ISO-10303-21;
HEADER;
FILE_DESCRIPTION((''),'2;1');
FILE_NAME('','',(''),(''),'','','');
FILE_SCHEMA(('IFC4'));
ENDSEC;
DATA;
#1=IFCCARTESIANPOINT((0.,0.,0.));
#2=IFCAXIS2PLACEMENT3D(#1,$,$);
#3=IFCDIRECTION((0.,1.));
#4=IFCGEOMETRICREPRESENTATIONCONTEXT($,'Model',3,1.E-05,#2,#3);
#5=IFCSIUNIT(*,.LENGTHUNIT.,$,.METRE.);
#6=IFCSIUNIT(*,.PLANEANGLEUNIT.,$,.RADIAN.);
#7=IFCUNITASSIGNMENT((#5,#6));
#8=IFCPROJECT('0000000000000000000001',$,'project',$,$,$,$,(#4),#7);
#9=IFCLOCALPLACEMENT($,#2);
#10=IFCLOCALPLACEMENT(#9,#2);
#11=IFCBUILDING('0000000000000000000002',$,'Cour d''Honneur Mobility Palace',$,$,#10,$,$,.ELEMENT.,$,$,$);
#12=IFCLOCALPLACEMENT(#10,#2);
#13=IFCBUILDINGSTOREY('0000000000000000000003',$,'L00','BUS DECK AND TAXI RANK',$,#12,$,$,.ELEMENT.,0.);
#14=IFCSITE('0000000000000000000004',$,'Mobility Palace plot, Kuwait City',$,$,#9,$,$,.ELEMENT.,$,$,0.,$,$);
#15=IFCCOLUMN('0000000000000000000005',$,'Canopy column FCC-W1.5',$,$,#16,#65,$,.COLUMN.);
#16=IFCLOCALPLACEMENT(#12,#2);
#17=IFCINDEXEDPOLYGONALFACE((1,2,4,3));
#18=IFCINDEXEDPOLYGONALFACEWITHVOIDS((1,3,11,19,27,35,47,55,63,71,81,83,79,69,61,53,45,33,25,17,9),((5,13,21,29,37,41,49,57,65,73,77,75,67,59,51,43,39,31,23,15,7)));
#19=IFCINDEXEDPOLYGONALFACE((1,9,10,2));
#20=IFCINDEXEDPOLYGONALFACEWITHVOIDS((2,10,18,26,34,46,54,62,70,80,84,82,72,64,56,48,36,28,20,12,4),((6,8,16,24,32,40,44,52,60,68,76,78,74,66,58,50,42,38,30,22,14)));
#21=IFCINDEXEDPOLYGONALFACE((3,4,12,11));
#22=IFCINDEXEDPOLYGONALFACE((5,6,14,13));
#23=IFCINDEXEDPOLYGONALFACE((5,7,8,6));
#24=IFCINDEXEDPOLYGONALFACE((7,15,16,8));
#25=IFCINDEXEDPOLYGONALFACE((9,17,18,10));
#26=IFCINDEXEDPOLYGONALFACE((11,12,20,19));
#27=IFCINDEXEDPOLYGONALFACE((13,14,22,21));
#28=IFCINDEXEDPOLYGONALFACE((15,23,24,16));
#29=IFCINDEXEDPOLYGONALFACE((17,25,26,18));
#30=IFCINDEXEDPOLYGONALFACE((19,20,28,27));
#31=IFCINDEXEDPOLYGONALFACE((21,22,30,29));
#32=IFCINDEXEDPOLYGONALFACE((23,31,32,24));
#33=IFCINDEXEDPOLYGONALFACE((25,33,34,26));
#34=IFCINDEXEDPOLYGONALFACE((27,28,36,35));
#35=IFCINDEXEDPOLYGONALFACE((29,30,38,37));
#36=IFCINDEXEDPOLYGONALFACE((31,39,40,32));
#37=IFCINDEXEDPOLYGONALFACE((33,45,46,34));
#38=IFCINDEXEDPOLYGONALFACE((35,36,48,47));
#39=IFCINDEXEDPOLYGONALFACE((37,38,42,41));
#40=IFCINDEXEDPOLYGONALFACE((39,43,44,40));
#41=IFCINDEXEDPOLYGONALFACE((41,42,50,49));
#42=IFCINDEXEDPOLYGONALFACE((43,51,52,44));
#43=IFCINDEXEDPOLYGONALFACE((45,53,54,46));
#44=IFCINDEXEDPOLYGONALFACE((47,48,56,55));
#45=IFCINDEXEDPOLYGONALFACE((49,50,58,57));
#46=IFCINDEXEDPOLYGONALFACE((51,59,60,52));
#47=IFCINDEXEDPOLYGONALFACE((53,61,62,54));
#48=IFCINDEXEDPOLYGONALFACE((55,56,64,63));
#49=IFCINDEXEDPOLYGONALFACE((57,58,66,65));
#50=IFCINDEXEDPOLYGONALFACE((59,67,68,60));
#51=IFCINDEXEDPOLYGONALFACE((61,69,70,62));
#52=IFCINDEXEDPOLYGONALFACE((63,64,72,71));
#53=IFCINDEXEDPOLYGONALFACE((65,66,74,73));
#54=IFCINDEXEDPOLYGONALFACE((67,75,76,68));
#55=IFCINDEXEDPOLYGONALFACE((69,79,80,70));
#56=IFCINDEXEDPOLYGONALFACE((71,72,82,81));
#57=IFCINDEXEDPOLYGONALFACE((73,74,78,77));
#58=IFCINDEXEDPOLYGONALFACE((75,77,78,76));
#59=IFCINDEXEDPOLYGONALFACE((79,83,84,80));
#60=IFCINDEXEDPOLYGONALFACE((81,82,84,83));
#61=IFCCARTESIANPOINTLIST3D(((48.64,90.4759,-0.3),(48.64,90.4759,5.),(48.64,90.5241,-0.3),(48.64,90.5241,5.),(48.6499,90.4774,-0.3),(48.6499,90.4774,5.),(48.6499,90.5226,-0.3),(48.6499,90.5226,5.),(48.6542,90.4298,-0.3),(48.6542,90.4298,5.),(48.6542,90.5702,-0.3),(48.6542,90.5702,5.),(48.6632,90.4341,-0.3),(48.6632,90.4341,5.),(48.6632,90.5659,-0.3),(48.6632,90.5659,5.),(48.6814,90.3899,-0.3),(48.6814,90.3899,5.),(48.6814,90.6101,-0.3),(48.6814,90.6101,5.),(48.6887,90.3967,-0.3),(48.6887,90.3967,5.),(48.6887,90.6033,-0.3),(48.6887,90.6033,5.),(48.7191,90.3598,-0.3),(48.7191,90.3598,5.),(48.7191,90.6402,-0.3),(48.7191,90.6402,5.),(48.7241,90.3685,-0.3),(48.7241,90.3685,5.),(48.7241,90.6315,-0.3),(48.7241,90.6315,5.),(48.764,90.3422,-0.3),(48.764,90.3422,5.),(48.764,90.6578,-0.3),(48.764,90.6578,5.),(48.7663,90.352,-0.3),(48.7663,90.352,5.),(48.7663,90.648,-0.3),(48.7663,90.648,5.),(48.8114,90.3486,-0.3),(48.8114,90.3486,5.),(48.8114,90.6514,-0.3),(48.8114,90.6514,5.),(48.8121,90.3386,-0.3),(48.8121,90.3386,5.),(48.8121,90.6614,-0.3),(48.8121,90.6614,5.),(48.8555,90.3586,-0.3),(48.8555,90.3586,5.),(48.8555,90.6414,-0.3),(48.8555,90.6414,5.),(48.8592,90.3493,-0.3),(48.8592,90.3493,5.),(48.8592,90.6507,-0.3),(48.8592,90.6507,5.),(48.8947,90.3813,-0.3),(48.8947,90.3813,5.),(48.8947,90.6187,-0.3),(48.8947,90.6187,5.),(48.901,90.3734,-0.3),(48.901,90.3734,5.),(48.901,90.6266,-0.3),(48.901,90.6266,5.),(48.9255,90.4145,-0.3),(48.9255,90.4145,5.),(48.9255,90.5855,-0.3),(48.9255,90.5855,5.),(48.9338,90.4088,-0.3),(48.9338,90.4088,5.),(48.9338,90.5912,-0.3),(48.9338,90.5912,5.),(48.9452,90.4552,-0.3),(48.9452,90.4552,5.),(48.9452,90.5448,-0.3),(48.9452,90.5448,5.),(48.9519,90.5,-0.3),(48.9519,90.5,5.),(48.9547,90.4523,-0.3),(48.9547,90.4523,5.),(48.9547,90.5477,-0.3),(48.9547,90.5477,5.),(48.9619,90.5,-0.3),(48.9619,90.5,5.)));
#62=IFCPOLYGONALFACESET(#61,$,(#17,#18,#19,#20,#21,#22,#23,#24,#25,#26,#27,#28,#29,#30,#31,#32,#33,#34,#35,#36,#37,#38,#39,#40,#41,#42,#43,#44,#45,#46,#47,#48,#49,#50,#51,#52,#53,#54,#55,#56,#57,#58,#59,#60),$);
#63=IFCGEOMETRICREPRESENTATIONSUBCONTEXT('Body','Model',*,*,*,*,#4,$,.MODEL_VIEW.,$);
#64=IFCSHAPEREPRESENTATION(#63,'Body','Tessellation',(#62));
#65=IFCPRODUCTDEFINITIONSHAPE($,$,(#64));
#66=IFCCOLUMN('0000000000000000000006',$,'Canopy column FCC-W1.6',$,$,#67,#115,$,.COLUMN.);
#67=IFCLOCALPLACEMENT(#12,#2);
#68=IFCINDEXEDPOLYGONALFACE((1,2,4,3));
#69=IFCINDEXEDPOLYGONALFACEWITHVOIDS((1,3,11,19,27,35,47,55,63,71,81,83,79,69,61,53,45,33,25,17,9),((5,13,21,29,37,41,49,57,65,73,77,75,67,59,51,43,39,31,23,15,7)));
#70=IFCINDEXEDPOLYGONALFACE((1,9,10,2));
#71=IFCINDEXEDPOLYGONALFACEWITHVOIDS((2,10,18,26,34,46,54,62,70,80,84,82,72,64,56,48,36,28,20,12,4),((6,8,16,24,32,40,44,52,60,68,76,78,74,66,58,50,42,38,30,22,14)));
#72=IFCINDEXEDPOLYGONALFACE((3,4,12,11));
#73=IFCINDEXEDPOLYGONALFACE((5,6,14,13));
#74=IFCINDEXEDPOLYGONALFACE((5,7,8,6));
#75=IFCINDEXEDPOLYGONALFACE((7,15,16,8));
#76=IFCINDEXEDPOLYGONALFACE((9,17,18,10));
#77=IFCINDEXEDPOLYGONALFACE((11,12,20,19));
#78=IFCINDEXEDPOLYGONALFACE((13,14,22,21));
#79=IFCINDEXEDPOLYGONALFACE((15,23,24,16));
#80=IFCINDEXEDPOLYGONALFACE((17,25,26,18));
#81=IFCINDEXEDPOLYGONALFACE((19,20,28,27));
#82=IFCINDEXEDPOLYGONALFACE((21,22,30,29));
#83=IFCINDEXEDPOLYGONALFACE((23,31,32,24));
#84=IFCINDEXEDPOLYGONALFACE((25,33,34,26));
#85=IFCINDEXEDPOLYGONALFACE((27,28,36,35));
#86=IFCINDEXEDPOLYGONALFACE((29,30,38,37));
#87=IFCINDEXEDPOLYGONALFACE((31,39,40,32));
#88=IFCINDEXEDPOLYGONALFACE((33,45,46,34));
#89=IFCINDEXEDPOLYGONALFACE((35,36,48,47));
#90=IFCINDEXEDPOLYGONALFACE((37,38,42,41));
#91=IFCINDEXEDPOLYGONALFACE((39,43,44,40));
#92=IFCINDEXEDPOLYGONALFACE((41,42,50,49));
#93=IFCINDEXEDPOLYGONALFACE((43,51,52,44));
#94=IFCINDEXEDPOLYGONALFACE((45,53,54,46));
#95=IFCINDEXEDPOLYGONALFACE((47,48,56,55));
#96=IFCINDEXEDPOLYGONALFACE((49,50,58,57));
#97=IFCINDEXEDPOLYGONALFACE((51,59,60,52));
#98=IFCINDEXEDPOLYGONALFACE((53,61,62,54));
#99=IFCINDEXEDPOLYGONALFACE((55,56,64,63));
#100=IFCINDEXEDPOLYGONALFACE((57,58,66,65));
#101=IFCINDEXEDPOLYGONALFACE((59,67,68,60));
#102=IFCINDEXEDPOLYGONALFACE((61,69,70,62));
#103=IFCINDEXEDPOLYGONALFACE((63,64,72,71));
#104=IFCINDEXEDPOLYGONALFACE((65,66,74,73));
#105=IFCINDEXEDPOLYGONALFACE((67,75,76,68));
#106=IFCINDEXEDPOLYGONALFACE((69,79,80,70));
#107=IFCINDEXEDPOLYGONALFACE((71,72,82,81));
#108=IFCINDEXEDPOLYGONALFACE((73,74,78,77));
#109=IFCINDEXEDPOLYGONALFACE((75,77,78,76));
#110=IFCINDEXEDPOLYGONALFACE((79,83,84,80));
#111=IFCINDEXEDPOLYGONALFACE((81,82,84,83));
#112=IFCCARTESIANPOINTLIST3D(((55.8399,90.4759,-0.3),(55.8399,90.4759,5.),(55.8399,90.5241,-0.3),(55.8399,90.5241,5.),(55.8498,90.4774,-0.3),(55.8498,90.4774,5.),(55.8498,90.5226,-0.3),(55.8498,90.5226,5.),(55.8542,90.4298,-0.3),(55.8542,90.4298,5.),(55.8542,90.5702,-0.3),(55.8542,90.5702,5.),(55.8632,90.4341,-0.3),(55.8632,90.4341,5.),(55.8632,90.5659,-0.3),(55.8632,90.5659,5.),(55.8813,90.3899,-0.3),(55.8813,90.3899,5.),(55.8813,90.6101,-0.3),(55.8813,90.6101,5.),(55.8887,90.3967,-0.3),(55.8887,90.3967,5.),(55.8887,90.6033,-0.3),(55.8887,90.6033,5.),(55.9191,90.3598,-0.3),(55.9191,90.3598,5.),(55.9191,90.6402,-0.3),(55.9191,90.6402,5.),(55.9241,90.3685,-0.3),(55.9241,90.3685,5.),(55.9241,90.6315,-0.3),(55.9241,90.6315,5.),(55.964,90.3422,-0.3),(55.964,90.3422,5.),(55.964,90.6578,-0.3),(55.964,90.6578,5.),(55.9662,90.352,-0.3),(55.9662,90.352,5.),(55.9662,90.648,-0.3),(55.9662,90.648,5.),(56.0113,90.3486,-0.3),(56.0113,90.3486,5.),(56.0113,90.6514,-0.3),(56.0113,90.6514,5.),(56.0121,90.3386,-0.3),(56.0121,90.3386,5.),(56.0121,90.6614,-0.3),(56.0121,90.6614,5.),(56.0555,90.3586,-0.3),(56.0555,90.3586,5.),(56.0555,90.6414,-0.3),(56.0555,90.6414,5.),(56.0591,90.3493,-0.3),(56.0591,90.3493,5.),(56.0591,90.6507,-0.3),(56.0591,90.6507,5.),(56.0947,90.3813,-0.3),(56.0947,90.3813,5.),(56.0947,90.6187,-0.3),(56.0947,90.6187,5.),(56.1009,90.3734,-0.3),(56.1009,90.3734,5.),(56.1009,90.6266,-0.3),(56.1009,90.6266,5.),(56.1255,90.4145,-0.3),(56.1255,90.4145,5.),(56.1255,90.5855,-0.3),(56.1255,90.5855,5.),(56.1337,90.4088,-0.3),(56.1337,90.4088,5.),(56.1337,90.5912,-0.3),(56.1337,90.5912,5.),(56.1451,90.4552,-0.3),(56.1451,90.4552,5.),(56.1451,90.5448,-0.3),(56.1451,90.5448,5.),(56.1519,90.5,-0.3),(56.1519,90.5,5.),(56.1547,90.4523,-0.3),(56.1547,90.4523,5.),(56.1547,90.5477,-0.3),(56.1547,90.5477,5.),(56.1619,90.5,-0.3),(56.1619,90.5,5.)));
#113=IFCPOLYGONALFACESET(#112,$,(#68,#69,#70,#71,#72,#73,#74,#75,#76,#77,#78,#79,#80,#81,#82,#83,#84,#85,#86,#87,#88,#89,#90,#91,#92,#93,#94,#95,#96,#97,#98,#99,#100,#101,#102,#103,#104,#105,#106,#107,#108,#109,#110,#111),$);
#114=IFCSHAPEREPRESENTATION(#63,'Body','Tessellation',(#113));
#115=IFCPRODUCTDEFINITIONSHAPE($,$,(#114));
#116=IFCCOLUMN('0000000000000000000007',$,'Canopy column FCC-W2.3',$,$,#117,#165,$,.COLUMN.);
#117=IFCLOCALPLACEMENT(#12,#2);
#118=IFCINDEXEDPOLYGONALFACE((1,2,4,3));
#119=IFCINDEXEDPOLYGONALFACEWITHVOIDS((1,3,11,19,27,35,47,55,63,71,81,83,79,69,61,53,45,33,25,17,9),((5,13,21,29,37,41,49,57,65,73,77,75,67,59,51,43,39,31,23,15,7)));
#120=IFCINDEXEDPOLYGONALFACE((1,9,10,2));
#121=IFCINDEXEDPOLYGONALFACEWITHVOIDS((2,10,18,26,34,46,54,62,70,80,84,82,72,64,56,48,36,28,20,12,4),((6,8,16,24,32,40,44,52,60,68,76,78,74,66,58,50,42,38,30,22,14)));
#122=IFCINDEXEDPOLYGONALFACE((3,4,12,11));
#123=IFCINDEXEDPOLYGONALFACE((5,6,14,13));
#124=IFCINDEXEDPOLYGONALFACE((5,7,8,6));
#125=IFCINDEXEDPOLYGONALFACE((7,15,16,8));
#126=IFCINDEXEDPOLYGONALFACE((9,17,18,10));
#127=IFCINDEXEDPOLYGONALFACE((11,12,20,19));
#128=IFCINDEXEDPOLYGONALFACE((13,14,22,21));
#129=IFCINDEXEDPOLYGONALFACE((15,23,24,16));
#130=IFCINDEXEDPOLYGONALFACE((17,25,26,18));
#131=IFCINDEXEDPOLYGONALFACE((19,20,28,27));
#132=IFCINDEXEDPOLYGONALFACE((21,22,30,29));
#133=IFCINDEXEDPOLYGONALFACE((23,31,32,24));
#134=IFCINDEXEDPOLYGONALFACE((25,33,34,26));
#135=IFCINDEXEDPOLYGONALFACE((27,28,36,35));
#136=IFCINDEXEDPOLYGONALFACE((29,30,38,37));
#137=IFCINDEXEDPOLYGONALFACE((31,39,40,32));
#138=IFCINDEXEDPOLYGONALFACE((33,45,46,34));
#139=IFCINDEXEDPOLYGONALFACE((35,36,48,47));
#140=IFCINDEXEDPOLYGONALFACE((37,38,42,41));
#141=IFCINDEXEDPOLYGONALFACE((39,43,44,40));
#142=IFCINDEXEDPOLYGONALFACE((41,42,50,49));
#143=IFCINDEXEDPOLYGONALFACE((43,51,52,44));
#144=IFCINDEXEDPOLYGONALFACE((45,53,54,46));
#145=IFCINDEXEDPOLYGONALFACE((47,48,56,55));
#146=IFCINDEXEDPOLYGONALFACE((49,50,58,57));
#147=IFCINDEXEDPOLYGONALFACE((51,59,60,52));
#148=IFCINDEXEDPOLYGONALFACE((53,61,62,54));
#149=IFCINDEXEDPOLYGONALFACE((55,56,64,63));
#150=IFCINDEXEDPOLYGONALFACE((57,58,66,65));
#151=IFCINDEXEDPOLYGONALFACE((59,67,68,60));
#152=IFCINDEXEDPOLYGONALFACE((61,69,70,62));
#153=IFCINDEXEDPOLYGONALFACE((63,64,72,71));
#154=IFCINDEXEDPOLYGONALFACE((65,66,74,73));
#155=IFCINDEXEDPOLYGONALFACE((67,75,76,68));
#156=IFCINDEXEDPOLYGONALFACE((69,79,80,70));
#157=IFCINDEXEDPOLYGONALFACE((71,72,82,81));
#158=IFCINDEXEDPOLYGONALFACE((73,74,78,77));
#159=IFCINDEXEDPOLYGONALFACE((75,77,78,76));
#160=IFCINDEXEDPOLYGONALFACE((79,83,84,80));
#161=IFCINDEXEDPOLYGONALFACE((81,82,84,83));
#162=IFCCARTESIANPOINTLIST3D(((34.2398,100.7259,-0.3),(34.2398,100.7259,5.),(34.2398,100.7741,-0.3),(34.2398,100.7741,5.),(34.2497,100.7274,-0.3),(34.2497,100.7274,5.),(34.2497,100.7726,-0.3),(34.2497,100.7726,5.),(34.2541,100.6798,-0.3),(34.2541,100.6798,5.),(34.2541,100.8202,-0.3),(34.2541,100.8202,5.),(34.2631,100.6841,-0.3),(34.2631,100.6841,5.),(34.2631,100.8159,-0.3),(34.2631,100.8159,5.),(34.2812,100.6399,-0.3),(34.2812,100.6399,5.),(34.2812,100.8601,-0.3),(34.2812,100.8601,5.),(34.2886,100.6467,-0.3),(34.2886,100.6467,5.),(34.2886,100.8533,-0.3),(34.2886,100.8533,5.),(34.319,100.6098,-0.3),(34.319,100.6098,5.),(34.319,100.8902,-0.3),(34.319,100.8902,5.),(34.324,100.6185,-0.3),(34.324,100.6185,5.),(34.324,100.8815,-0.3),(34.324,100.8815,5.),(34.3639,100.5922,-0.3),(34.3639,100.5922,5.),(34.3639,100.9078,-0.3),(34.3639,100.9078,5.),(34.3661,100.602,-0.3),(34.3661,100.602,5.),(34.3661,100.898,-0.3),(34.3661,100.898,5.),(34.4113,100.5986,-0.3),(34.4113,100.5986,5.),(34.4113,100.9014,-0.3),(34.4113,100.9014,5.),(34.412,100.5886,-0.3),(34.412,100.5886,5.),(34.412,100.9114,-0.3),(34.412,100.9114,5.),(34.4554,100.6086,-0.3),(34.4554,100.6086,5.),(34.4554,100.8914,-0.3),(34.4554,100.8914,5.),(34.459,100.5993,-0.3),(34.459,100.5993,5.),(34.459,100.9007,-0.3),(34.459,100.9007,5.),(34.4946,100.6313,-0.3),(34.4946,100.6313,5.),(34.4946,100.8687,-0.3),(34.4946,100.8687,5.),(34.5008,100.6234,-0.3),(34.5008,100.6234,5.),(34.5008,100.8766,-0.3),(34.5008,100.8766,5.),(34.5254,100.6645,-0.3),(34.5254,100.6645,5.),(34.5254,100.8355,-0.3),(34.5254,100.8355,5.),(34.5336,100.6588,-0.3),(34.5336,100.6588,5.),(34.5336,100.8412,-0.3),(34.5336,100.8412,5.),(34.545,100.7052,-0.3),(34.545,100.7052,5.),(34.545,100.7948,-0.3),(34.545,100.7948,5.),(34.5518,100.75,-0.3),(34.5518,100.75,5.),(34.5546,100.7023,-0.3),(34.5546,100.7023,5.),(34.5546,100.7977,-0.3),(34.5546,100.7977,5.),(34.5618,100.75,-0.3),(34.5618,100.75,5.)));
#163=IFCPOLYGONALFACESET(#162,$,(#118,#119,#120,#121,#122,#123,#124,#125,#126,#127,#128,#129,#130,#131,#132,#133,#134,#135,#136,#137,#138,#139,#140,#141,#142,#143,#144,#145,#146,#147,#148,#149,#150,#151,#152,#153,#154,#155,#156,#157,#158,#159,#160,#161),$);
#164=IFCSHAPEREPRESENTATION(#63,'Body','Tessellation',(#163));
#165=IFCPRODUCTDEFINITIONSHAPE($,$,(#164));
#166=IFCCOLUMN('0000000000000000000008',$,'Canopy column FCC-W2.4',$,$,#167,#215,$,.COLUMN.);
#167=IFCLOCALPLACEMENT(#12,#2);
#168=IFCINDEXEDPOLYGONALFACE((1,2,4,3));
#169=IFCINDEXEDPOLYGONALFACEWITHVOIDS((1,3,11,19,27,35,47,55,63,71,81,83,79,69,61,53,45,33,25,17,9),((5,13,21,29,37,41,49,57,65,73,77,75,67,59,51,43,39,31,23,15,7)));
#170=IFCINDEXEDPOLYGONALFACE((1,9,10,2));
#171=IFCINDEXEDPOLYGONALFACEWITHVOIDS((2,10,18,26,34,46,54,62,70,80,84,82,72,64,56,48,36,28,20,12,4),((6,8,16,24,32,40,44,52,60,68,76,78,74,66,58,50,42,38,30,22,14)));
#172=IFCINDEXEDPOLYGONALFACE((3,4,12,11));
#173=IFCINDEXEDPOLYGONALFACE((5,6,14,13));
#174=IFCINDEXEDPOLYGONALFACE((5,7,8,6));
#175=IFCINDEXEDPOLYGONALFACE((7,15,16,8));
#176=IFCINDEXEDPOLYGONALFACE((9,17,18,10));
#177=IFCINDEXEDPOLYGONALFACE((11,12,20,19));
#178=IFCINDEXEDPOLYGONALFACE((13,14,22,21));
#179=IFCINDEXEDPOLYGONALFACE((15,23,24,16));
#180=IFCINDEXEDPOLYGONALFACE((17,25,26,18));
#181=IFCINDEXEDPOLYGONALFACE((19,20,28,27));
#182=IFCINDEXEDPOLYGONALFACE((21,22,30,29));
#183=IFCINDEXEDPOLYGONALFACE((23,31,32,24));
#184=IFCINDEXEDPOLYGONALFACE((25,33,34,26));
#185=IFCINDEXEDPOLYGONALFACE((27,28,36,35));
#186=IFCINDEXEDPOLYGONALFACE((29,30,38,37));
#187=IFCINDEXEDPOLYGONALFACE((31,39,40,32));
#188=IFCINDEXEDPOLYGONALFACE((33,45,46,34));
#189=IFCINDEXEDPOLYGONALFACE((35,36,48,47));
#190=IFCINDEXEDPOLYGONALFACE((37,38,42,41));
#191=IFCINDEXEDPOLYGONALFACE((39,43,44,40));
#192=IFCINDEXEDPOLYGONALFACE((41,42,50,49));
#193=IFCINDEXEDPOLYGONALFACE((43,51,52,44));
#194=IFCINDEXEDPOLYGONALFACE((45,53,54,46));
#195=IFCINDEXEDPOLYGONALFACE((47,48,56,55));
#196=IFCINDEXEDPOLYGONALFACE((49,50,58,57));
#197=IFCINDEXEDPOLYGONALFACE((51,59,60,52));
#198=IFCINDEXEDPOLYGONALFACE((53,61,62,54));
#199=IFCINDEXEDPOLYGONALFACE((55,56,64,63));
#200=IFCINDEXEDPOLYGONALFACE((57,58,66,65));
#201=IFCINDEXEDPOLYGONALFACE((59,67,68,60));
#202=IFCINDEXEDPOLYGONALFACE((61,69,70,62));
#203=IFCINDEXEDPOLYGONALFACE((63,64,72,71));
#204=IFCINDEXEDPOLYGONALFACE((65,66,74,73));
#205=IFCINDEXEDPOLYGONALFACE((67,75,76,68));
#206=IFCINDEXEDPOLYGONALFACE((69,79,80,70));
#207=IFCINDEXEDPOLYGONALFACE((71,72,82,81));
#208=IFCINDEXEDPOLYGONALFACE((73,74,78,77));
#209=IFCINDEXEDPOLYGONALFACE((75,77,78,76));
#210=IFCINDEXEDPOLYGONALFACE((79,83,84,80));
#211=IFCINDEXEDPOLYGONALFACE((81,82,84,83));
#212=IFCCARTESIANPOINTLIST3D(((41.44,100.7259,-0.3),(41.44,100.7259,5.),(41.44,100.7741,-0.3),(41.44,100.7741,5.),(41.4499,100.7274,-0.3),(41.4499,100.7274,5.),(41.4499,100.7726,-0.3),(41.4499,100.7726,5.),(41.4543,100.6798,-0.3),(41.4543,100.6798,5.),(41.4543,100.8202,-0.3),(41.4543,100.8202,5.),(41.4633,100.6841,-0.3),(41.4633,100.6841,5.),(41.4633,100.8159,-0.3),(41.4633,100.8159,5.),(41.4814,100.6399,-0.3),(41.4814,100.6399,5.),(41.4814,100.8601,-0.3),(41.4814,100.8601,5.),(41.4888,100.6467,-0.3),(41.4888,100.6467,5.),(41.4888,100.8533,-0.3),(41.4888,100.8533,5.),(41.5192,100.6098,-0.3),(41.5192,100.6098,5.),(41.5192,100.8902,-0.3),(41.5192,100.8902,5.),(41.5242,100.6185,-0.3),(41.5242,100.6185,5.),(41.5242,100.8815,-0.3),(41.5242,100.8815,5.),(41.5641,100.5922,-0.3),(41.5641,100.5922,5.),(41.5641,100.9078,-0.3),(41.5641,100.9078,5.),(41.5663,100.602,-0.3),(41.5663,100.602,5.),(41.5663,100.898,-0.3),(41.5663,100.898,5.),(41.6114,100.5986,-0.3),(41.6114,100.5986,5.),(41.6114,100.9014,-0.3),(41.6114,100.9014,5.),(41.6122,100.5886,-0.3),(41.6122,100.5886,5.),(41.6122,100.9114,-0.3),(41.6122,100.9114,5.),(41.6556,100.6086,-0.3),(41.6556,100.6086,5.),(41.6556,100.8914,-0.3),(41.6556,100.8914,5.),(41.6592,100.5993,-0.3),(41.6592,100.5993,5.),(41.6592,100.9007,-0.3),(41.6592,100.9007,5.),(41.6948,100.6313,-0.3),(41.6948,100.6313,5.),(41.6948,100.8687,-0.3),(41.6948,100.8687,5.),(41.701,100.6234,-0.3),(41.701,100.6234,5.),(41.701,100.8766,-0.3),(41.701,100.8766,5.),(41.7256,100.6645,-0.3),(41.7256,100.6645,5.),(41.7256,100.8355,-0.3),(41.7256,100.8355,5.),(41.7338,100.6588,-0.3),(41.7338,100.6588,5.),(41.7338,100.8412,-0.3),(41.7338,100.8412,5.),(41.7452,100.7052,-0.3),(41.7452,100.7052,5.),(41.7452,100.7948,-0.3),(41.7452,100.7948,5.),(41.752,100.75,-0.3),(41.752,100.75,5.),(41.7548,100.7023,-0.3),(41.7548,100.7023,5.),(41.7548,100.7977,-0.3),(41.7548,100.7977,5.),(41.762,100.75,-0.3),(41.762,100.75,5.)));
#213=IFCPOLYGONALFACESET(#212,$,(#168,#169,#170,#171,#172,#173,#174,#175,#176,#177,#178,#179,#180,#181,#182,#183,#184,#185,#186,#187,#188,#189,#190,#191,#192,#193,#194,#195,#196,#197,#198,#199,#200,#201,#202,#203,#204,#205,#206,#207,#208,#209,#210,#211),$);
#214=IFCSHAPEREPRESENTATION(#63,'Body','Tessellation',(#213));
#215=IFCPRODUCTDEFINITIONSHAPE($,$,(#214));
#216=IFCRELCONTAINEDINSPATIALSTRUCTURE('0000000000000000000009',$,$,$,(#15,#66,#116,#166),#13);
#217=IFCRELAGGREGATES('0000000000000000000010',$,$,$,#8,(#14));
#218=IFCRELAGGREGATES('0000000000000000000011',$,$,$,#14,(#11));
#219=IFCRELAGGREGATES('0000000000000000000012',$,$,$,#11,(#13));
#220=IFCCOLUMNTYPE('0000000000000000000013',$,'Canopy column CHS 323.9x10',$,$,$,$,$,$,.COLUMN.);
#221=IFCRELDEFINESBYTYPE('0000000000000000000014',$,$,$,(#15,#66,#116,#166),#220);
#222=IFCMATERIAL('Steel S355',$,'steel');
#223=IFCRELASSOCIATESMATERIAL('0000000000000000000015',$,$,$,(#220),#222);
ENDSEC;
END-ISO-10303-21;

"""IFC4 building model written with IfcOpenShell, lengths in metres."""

from ifc_helpers import new_model, si_unit, direction, frame, origin, origin_2d, place, context, subcontext, project, spatial, hollow_circle, extrude, material, material_profile, profile_set, type_object, element, save


model = new_model("IFC4")

# Units and contexts
model_context = context("Model", 3, precision=1e-05, world=origin(), true_north=direction((0.0, 1.0)))
body_context = subcontext(model_context, "Body", "Model", "MODEL_VIEW")
ifc_project = project(units=[si_unit("LENGTHUNIT", "METRE"), si_unit("PLANEANGLEUNIT", "RADIAN")], contexts=[model_context])

# Site, building, storey
site_placement = place(None, origin())
site = spatial("IfcSite", under=ifc_project, at=site_placement, Name="Mobility Palace plot, Kuwait City", CompositionType="ELEMENT", RefElevation=0.0)
building_placement = place(site_placement, origin())
building = spatial("IfcBuilding", under=site, at=building_placement, Name="Cour d'Honneur Mobility Palace", CompositionType="ELEMENT")
storey_placement = place(building_placement, origin())
storey = spatial("IfcBuildingStorey", under=building, at=storey_placement, Name="L00", Description="BUS DECK AND TAXI RANK", CompositionType="ELEMENT", Elevation=0.0)

# Columns
ifc_material_1 = material(Name="Steel S355", Category="steel")
ifc_material_profile_1 = material_profile(ifc_material_1, hollow_circle(Radius=0.1619, WallThickness=0.01, at=origin_2d()), Name="CHS 323.9x10")
ifc_profile_set_1 = profile_set([ifc_material_profile_1], Name="Steel S355")
column_type_1 = type_object("IfcColumnType", Name="Canopy column CHS 323.9x10", PredefinedType="COLUMN", material=ifc_profile_set_1)
for number, where, z_axis, x_axis, name in (
    (1, (48.8, 90.5, -0.3), (0.0, 0.0, 1.0), (1.0, 0.0, 0.0), "Canopy column FCC-W1.5"),
    (2, (56.0, 90.5, -0.3), (0.0, 0.0, 1.0), (1.0, 0.0, 0.0), "Canopy column FCC-W1.6"),
    (3, (34.3999, 100.75, -0.3), (0.0, 0.0, 1.0), (1.0, 0.0, 0.0), "Canopy column FCC-W2.3"),
    (4, (41.6001, 100.75, -0.3), (0.0, 0.0, 1.0), (1.0, 0.0, 0.0), "Canopy column FCC-W2.4"),
):
    element("IfcColumn", number, at=place(storey_placement, frame(where, z_axis=z_axis, x_axis=x_axis)), inside=storey, type_object=column_type_1, Name=name, PredefinedType="COLUMN", context=body_context, shape_type="SweptSolid", body=[
        extrude(hollow_circle(Radius=0.1619, WallThickness=0.01, at=origin_2d()), origin(), (0.0, 0.0, 1.0), 5.3),
    ])

save(model, "model.ifc")
